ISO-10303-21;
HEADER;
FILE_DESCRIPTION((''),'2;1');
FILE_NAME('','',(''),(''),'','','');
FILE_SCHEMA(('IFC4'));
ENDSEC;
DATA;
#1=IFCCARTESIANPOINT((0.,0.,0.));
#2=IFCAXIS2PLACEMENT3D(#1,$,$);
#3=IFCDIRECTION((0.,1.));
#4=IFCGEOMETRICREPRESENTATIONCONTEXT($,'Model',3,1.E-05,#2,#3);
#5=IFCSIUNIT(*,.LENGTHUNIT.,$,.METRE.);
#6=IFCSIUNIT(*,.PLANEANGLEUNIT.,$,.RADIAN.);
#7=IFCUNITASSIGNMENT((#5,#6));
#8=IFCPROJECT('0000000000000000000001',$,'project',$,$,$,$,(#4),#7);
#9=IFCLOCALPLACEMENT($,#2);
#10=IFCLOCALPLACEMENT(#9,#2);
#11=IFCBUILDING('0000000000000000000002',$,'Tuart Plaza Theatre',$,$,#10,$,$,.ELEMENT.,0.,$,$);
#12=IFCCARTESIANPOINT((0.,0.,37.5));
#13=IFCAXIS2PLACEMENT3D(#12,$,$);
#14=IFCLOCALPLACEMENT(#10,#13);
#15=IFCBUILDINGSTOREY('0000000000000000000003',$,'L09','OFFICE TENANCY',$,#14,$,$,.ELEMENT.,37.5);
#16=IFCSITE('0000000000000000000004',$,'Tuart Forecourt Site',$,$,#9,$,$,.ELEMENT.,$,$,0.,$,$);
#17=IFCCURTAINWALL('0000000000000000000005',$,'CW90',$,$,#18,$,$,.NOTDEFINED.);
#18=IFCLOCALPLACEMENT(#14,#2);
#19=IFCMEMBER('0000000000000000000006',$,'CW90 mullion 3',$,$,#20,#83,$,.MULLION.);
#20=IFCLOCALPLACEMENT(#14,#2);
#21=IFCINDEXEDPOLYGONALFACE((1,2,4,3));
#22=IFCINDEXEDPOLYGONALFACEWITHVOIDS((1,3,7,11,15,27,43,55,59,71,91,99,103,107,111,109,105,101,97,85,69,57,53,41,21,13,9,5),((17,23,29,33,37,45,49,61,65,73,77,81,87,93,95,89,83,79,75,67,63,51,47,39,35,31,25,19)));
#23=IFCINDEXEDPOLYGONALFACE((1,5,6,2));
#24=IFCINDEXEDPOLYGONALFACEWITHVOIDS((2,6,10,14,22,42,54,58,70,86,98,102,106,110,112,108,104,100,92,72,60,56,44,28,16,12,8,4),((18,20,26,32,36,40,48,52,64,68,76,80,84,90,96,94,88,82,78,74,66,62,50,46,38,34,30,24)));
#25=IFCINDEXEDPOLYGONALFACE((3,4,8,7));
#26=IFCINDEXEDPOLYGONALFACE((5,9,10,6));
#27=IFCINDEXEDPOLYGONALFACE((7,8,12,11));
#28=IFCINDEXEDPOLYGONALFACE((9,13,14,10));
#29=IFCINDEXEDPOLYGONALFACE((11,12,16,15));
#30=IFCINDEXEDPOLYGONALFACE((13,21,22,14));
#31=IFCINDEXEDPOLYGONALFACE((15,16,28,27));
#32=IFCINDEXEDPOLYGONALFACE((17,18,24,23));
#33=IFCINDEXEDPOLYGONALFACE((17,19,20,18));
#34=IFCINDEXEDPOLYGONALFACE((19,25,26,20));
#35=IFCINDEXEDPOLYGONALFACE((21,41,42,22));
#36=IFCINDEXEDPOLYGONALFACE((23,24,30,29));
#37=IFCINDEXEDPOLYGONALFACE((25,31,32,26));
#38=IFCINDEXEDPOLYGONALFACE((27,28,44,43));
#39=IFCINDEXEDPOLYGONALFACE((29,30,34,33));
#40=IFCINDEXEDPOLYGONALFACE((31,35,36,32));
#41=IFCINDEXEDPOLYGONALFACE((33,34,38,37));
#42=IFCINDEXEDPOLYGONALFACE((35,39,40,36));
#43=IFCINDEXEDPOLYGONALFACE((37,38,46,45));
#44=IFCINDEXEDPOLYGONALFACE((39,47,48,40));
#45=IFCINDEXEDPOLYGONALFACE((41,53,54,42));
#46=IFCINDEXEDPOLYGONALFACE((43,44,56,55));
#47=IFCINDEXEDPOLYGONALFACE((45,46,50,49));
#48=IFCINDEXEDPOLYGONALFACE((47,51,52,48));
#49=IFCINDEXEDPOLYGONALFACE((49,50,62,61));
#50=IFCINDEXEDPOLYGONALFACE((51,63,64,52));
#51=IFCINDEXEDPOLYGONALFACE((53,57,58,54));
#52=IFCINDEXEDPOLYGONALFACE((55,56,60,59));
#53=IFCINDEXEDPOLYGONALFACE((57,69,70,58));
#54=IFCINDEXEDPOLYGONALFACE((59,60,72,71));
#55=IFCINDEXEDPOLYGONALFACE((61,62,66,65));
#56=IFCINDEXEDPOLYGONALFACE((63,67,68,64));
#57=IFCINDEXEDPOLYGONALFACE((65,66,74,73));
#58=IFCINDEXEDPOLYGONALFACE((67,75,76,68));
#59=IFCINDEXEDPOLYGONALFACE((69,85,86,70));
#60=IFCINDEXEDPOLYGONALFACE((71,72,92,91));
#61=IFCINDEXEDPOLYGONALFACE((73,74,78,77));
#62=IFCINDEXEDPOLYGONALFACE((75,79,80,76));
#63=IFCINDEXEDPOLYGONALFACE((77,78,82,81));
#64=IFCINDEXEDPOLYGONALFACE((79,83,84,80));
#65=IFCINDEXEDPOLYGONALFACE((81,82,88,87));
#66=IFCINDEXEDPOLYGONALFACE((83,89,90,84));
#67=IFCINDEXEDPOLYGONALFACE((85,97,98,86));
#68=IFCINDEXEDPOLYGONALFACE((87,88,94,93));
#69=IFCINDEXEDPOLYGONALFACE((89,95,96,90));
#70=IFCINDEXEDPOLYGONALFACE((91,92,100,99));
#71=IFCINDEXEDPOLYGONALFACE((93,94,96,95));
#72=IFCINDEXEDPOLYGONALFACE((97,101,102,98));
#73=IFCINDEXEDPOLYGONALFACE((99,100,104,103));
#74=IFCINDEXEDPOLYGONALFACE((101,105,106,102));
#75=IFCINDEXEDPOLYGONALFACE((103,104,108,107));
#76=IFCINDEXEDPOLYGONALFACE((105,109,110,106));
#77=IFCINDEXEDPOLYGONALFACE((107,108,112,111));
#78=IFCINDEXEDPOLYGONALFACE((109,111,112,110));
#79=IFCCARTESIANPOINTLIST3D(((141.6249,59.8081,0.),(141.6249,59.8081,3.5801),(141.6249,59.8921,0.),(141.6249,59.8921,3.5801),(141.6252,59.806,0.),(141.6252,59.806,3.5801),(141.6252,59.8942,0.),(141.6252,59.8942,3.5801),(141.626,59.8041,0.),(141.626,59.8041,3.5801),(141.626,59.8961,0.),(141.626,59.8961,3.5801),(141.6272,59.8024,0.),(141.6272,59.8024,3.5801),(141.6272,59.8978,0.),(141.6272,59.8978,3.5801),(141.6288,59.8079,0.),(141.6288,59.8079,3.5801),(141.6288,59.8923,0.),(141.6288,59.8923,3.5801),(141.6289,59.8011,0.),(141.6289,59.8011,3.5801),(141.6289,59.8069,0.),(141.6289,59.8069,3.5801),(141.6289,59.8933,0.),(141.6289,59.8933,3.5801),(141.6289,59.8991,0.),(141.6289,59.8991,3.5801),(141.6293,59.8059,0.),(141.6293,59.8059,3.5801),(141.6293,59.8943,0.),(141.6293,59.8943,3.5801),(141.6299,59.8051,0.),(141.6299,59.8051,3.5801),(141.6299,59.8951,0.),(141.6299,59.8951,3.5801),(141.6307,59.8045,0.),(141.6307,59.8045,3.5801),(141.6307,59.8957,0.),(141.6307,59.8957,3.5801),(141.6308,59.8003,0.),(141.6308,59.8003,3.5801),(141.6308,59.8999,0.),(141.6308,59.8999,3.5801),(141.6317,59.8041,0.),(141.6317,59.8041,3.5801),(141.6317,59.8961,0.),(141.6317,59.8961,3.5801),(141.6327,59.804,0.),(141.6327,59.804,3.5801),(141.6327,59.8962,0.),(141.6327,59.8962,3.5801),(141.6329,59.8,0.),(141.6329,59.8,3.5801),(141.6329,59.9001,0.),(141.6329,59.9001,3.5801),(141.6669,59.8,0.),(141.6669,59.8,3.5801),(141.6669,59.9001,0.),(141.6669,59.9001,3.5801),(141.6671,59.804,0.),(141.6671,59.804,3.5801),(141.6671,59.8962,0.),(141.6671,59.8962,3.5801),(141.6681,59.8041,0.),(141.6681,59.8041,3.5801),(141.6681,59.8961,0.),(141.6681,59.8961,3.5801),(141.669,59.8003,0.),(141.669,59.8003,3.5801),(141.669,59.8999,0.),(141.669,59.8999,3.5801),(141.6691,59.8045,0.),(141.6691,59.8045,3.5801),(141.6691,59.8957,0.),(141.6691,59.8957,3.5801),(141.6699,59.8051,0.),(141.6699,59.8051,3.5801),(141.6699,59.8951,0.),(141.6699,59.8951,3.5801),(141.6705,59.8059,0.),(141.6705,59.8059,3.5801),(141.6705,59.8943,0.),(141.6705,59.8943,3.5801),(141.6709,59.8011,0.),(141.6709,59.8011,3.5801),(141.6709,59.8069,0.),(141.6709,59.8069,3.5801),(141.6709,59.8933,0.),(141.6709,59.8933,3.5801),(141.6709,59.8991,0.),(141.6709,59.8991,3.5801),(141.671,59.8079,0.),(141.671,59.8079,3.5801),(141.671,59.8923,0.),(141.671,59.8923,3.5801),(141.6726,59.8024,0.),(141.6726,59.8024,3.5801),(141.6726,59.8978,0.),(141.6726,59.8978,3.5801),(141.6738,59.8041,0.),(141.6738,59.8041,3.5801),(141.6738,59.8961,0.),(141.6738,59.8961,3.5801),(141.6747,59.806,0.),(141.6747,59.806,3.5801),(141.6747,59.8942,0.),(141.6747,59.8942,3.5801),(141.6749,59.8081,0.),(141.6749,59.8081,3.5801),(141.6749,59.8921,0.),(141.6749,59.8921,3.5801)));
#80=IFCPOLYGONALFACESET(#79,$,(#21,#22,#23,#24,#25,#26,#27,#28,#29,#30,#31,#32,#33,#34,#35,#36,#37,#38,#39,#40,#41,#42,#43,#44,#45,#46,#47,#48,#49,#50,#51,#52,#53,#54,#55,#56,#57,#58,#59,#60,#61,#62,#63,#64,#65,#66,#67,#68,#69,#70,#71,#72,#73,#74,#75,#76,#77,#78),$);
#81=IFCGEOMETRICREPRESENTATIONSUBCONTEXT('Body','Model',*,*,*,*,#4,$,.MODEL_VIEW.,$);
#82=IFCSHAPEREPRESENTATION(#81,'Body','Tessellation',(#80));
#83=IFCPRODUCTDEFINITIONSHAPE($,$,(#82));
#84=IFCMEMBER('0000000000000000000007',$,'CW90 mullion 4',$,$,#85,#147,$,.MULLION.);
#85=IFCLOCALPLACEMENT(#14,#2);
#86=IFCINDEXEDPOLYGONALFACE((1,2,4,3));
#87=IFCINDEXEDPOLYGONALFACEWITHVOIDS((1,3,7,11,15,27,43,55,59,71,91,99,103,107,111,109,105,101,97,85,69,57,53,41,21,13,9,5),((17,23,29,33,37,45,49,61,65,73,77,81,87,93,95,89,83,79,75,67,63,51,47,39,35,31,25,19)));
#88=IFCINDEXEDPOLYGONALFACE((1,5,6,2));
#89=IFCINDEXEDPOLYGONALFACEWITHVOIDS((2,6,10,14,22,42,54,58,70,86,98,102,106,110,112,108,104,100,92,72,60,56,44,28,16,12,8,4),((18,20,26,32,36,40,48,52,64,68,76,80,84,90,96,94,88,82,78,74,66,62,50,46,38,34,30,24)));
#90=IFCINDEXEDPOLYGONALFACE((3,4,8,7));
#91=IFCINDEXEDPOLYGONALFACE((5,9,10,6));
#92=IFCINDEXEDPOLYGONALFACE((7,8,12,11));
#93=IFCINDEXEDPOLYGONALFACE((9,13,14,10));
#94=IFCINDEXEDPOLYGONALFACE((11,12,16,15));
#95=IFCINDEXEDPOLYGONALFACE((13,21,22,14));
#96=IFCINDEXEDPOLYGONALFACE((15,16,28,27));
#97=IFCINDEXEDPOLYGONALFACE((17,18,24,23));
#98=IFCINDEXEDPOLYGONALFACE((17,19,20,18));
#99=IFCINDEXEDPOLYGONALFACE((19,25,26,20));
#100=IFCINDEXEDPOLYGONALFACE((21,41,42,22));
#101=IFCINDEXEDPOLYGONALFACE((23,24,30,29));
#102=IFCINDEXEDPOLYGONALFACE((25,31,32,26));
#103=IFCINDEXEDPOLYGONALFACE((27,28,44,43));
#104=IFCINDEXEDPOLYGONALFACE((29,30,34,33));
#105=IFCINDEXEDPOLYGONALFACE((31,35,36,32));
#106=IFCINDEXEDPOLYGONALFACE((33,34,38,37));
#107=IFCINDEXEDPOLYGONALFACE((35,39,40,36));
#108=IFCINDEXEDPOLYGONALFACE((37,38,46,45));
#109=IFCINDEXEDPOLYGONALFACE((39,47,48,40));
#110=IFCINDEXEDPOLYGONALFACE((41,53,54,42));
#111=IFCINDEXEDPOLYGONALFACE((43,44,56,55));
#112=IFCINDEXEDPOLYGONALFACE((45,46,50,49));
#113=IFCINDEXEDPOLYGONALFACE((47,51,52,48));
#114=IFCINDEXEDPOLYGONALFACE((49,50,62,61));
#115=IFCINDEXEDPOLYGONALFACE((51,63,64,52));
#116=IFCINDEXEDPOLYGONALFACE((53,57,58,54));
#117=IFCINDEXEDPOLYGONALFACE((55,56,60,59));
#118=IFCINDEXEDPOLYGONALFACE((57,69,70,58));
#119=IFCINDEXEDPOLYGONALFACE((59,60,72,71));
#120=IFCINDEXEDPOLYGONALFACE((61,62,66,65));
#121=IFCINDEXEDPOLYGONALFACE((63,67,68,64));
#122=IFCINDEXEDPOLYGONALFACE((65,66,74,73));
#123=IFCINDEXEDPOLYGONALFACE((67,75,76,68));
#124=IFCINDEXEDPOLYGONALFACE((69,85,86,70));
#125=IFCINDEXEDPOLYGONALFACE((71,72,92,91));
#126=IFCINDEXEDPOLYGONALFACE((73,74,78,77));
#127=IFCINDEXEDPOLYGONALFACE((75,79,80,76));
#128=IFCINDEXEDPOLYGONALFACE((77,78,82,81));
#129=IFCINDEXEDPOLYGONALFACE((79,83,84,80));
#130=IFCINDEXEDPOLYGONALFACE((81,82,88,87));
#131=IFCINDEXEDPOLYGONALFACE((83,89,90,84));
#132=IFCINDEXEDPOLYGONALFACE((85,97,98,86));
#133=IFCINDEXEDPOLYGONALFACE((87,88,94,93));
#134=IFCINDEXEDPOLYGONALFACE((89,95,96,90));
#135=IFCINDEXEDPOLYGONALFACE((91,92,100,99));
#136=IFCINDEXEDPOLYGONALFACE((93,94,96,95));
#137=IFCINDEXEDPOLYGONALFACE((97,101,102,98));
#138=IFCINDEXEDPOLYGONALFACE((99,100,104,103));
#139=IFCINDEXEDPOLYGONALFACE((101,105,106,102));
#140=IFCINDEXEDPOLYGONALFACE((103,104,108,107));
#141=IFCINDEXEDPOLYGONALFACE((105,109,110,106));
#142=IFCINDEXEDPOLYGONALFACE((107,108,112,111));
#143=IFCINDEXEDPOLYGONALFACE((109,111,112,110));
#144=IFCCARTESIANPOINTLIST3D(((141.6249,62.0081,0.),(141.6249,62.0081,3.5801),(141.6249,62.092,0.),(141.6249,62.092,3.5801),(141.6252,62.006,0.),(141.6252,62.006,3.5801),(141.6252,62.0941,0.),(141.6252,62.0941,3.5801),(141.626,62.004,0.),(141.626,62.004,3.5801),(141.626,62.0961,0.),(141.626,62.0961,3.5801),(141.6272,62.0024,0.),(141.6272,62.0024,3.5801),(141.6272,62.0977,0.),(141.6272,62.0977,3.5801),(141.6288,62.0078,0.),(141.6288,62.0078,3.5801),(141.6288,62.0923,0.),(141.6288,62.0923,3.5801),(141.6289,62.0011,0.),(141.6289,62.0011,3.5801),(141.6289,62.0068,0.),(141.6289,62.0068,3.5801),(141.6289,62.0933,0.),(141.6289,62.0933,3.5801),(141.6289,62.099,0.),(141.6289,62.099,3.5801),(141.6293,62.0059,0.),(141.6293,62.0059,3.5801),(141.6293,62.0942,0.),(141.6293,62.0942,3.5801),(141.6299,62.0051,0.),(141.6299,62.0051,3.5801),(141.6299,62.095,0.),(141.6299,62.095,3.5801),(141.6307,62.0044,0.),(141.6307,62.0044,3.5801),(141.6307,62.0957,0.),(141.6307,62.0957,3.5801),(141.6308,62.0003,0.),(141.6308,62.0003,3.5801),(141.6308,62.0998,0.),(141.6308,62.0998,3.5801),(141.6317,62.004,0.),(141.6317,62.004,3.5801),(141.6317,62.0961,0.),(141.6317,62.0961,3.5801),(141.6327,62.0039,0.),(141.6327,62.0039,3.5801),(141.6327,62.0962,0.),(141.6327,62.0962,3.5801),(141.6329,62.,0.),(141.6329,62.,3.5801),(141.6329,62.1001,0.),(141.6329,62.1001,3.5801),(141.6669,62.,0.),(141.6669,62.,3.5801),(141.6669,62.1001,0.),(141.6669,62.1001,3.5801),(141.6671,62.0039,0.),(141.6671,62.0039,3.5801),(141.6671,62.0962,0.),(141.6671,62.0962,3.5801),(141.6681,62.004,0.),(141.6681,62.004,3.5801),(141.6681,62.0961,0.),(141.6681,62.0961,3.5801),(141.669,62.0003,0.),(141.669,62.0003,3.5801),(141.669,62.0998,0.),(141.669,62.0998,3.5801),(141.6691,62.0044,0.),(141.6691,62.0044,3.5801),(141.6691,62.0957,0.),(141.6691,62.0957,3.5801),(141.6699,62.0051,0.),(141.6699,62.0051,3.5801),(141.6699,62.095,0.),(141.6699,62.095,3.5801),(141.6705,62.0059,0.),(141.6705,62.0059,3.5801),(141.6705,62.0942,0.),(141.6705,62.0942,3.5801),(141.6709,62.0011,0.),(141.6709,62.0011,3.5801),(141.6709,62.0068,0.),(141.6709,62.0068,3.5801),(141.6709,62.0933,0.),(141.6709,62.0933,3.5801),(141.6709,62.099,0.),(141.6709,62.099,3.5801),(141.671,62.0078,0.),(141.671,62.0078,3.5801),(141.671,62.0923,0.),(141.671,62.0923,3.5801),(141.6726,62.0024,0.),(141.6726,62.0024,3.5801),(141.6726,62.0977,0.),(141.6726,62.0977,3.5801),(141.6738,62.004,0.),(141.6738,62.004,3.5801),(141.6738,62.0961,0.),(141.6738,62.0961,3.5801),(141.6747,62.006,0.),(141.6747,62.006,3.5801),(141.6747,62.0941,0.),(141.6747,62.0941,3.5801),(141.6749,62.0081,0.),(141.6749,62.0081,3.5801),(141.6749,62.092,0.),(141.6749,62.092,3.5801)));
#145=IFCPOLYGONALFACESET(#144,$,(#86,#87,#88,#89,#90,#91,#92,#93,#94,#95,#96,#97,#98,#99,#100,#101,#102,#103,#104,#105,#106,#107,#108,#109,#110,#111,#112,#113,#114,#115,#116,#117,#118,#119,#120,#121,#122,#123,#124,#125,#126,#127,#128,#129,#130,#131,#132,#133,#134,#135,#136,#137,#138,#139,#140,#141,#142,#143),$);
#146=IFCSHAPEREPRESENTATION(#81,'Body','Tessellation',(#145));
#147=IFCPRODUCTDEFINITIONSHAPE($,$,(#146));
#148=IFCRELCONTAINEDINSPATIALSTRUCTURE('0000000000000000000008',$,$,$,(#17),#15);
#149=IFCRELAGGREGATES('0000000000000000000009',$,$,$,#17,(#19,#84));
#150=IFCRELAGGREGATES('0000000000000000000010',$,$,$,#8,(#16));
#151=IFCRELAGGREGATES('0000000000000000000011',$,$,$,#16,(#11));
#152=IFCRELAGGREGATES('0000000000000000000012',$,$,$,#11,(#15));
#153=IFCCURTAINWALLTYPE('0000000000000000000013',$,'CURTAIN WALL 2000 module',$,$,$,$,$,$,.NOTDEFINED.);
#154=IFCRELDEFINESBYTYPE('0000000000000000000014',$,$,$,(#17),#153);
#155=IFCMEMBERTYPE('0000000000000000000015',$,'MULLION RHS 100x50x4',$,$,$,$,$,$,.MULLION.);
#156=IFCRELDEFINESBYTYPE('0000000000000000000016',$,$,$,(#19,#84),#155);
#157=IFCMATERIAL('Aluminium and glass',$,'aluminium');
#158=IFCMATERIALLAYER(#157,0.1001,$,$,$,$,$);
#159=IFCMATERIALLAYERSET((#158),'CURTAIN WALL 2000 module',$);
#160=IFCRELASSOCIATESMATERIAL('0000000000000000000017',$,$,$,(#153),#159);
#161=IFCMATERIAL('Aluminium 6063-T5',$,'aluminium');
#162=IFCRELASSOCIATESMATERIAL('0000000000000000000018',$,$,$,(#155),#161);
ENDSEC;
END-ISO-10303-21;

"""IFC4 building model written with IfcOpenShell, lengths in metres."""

from ifc_helpers import new_model, si_unit, direction, frame, origin, origin_2d, place, context, subcontext, project, spatial, hollow_rectangle, extrude, material, layer, layer_set, material_profile, profile_set, type_object, element, aggregate, save


model = new_model("IFC4")

# Units and contexts
model_context = context("Model", 3, precision=1e-05, world=origin(), true_north=direction((0.0, 1.0)))
body_context = subcontext(model_context, "Body", "Model", "MODEL_VIEW")
ifc_project = project(units=[si_unit("LENGTHUNIT", "METRE"), si_unit("PLANEANGLEUNIT", "RADIAN")], contexts=[model_context])

# Site, building, storey
site_placement = place(None, origin())
site = spatial("IfcSite", under=ifc_project, at=site_placement, Name="Tuart Forecourt Site", CompositionType="ELEMENT", RefElevation=0.0)
building_placement = place(site_placement, origin())
building = spatial("IfcBuilding", under=site, at=building_placement, Name="Tuart Plaza Theatre", CompositionType="ELEMENT", ElevationOfRefHeight=0.0)
storey_placement = place(building_placement, frame((0.0, 0.0, 37.5)))
storey = spatial("IfcBuildingStorey", under=building, at=storey_placement, Name="L09", Description="OFFICE TENANCY", CompositionType="ELEMENT", Elevation=37.5)

# Shared definitions
ifc_material_1 = material(Name="Aluminium and glass", Category="aluminium")
ifc_layer_1 = layer(ifc_material_1, 0.1001)
ifc_layer_set_1 = layer_set([ifc_layer_1], Name="CURTAIN WALL 2000 module")
curtain_wall_type = type_object("IfcCurtainWallType", Name="CURTAIN WALL 2000 module", PredefinedType="NOTDEFINED", material=ifc_layer_set_1)
ifc_material_2 = material(Name="Aluminium 6063-T5", Category="aluminium")
ifc_material_profile_1 = material_profile(ifc_material_2, hollow_rectangle(XDim=0.05, YDim=0.1001, WallThickness=0.0039, InnerFilletRadius=0.0039, OuterFilletRadius=0.0081, at=origin_2d()), Name="RHS 100x50x4")
ifc_profile_set_1 = profile_set([ifc_material_profile_1], Name="Aluminium 6063-T5")
member_type_1 = type_object("IfcMemberType", Name="MULLION RHS 100x50x4", PredefinedType="MULLION", material=ifc_profile_set_1)

# Curtain wall, members
curtain_wall_1_placement = place(storey_placement, origin())
curtain_wall_1 = element("IfcCurtainWall", 1, at=curtain_wall_1_placement, inside=storey, type_object=curtain_wall_type, Name="CW90", PredefinedType="NOTDEFINED")
member_1_placement = place(storey_placement, frame((141.6499, 59.8501, 0.0), z_axis=(0.0, 0.0, 1.0), x_axis=(-1.0, 0.0, 0.0)))
member_1 = element("IfcMember", 2, at=member_1_placement, type_object=member_type_1, Name="CW90 mullion 3", PredefinedType="MULLION", context=body_context, shape_type="SweptSolid", body=[
    extrude(hollow_rectangle(XDim=0.05, YDim=0.1001, WallThickness=0.0039, InnerFilletRadius=0.0039, OuterFilletRadius=0.0081, at=origin_2d()), origin(), (0.0, 0.0, 1.0), 3.5801),
])
member_2_placement = place(storey_placement, frame((141.6499, 62.05, 0.0), z_axis=(0.0, 0.0, 1.0), x_axis=(-1.0, 0.0, 0.0)))
member_2 = element("IfcMember", 3, at=member_2_placement, type_object=member_type_1, Name="CW90 mullion 4", PredefinedType="MULLION", context=body_context, shape_type="SweptSolid", body=[
    extrude(hollow_rectangle(XDim=0.05, YDim=0.1001, WallThickness=0.0039, InnerFilletRadius=0.0039, OuterFilletRadius=0.0081, at=origin_2d()), origin(), (0.0, 0.0, 1.0), 3.5801),
])
aggregate(curtain_wall_1, [member_1, member_2])

save(model, "model.ifc")
